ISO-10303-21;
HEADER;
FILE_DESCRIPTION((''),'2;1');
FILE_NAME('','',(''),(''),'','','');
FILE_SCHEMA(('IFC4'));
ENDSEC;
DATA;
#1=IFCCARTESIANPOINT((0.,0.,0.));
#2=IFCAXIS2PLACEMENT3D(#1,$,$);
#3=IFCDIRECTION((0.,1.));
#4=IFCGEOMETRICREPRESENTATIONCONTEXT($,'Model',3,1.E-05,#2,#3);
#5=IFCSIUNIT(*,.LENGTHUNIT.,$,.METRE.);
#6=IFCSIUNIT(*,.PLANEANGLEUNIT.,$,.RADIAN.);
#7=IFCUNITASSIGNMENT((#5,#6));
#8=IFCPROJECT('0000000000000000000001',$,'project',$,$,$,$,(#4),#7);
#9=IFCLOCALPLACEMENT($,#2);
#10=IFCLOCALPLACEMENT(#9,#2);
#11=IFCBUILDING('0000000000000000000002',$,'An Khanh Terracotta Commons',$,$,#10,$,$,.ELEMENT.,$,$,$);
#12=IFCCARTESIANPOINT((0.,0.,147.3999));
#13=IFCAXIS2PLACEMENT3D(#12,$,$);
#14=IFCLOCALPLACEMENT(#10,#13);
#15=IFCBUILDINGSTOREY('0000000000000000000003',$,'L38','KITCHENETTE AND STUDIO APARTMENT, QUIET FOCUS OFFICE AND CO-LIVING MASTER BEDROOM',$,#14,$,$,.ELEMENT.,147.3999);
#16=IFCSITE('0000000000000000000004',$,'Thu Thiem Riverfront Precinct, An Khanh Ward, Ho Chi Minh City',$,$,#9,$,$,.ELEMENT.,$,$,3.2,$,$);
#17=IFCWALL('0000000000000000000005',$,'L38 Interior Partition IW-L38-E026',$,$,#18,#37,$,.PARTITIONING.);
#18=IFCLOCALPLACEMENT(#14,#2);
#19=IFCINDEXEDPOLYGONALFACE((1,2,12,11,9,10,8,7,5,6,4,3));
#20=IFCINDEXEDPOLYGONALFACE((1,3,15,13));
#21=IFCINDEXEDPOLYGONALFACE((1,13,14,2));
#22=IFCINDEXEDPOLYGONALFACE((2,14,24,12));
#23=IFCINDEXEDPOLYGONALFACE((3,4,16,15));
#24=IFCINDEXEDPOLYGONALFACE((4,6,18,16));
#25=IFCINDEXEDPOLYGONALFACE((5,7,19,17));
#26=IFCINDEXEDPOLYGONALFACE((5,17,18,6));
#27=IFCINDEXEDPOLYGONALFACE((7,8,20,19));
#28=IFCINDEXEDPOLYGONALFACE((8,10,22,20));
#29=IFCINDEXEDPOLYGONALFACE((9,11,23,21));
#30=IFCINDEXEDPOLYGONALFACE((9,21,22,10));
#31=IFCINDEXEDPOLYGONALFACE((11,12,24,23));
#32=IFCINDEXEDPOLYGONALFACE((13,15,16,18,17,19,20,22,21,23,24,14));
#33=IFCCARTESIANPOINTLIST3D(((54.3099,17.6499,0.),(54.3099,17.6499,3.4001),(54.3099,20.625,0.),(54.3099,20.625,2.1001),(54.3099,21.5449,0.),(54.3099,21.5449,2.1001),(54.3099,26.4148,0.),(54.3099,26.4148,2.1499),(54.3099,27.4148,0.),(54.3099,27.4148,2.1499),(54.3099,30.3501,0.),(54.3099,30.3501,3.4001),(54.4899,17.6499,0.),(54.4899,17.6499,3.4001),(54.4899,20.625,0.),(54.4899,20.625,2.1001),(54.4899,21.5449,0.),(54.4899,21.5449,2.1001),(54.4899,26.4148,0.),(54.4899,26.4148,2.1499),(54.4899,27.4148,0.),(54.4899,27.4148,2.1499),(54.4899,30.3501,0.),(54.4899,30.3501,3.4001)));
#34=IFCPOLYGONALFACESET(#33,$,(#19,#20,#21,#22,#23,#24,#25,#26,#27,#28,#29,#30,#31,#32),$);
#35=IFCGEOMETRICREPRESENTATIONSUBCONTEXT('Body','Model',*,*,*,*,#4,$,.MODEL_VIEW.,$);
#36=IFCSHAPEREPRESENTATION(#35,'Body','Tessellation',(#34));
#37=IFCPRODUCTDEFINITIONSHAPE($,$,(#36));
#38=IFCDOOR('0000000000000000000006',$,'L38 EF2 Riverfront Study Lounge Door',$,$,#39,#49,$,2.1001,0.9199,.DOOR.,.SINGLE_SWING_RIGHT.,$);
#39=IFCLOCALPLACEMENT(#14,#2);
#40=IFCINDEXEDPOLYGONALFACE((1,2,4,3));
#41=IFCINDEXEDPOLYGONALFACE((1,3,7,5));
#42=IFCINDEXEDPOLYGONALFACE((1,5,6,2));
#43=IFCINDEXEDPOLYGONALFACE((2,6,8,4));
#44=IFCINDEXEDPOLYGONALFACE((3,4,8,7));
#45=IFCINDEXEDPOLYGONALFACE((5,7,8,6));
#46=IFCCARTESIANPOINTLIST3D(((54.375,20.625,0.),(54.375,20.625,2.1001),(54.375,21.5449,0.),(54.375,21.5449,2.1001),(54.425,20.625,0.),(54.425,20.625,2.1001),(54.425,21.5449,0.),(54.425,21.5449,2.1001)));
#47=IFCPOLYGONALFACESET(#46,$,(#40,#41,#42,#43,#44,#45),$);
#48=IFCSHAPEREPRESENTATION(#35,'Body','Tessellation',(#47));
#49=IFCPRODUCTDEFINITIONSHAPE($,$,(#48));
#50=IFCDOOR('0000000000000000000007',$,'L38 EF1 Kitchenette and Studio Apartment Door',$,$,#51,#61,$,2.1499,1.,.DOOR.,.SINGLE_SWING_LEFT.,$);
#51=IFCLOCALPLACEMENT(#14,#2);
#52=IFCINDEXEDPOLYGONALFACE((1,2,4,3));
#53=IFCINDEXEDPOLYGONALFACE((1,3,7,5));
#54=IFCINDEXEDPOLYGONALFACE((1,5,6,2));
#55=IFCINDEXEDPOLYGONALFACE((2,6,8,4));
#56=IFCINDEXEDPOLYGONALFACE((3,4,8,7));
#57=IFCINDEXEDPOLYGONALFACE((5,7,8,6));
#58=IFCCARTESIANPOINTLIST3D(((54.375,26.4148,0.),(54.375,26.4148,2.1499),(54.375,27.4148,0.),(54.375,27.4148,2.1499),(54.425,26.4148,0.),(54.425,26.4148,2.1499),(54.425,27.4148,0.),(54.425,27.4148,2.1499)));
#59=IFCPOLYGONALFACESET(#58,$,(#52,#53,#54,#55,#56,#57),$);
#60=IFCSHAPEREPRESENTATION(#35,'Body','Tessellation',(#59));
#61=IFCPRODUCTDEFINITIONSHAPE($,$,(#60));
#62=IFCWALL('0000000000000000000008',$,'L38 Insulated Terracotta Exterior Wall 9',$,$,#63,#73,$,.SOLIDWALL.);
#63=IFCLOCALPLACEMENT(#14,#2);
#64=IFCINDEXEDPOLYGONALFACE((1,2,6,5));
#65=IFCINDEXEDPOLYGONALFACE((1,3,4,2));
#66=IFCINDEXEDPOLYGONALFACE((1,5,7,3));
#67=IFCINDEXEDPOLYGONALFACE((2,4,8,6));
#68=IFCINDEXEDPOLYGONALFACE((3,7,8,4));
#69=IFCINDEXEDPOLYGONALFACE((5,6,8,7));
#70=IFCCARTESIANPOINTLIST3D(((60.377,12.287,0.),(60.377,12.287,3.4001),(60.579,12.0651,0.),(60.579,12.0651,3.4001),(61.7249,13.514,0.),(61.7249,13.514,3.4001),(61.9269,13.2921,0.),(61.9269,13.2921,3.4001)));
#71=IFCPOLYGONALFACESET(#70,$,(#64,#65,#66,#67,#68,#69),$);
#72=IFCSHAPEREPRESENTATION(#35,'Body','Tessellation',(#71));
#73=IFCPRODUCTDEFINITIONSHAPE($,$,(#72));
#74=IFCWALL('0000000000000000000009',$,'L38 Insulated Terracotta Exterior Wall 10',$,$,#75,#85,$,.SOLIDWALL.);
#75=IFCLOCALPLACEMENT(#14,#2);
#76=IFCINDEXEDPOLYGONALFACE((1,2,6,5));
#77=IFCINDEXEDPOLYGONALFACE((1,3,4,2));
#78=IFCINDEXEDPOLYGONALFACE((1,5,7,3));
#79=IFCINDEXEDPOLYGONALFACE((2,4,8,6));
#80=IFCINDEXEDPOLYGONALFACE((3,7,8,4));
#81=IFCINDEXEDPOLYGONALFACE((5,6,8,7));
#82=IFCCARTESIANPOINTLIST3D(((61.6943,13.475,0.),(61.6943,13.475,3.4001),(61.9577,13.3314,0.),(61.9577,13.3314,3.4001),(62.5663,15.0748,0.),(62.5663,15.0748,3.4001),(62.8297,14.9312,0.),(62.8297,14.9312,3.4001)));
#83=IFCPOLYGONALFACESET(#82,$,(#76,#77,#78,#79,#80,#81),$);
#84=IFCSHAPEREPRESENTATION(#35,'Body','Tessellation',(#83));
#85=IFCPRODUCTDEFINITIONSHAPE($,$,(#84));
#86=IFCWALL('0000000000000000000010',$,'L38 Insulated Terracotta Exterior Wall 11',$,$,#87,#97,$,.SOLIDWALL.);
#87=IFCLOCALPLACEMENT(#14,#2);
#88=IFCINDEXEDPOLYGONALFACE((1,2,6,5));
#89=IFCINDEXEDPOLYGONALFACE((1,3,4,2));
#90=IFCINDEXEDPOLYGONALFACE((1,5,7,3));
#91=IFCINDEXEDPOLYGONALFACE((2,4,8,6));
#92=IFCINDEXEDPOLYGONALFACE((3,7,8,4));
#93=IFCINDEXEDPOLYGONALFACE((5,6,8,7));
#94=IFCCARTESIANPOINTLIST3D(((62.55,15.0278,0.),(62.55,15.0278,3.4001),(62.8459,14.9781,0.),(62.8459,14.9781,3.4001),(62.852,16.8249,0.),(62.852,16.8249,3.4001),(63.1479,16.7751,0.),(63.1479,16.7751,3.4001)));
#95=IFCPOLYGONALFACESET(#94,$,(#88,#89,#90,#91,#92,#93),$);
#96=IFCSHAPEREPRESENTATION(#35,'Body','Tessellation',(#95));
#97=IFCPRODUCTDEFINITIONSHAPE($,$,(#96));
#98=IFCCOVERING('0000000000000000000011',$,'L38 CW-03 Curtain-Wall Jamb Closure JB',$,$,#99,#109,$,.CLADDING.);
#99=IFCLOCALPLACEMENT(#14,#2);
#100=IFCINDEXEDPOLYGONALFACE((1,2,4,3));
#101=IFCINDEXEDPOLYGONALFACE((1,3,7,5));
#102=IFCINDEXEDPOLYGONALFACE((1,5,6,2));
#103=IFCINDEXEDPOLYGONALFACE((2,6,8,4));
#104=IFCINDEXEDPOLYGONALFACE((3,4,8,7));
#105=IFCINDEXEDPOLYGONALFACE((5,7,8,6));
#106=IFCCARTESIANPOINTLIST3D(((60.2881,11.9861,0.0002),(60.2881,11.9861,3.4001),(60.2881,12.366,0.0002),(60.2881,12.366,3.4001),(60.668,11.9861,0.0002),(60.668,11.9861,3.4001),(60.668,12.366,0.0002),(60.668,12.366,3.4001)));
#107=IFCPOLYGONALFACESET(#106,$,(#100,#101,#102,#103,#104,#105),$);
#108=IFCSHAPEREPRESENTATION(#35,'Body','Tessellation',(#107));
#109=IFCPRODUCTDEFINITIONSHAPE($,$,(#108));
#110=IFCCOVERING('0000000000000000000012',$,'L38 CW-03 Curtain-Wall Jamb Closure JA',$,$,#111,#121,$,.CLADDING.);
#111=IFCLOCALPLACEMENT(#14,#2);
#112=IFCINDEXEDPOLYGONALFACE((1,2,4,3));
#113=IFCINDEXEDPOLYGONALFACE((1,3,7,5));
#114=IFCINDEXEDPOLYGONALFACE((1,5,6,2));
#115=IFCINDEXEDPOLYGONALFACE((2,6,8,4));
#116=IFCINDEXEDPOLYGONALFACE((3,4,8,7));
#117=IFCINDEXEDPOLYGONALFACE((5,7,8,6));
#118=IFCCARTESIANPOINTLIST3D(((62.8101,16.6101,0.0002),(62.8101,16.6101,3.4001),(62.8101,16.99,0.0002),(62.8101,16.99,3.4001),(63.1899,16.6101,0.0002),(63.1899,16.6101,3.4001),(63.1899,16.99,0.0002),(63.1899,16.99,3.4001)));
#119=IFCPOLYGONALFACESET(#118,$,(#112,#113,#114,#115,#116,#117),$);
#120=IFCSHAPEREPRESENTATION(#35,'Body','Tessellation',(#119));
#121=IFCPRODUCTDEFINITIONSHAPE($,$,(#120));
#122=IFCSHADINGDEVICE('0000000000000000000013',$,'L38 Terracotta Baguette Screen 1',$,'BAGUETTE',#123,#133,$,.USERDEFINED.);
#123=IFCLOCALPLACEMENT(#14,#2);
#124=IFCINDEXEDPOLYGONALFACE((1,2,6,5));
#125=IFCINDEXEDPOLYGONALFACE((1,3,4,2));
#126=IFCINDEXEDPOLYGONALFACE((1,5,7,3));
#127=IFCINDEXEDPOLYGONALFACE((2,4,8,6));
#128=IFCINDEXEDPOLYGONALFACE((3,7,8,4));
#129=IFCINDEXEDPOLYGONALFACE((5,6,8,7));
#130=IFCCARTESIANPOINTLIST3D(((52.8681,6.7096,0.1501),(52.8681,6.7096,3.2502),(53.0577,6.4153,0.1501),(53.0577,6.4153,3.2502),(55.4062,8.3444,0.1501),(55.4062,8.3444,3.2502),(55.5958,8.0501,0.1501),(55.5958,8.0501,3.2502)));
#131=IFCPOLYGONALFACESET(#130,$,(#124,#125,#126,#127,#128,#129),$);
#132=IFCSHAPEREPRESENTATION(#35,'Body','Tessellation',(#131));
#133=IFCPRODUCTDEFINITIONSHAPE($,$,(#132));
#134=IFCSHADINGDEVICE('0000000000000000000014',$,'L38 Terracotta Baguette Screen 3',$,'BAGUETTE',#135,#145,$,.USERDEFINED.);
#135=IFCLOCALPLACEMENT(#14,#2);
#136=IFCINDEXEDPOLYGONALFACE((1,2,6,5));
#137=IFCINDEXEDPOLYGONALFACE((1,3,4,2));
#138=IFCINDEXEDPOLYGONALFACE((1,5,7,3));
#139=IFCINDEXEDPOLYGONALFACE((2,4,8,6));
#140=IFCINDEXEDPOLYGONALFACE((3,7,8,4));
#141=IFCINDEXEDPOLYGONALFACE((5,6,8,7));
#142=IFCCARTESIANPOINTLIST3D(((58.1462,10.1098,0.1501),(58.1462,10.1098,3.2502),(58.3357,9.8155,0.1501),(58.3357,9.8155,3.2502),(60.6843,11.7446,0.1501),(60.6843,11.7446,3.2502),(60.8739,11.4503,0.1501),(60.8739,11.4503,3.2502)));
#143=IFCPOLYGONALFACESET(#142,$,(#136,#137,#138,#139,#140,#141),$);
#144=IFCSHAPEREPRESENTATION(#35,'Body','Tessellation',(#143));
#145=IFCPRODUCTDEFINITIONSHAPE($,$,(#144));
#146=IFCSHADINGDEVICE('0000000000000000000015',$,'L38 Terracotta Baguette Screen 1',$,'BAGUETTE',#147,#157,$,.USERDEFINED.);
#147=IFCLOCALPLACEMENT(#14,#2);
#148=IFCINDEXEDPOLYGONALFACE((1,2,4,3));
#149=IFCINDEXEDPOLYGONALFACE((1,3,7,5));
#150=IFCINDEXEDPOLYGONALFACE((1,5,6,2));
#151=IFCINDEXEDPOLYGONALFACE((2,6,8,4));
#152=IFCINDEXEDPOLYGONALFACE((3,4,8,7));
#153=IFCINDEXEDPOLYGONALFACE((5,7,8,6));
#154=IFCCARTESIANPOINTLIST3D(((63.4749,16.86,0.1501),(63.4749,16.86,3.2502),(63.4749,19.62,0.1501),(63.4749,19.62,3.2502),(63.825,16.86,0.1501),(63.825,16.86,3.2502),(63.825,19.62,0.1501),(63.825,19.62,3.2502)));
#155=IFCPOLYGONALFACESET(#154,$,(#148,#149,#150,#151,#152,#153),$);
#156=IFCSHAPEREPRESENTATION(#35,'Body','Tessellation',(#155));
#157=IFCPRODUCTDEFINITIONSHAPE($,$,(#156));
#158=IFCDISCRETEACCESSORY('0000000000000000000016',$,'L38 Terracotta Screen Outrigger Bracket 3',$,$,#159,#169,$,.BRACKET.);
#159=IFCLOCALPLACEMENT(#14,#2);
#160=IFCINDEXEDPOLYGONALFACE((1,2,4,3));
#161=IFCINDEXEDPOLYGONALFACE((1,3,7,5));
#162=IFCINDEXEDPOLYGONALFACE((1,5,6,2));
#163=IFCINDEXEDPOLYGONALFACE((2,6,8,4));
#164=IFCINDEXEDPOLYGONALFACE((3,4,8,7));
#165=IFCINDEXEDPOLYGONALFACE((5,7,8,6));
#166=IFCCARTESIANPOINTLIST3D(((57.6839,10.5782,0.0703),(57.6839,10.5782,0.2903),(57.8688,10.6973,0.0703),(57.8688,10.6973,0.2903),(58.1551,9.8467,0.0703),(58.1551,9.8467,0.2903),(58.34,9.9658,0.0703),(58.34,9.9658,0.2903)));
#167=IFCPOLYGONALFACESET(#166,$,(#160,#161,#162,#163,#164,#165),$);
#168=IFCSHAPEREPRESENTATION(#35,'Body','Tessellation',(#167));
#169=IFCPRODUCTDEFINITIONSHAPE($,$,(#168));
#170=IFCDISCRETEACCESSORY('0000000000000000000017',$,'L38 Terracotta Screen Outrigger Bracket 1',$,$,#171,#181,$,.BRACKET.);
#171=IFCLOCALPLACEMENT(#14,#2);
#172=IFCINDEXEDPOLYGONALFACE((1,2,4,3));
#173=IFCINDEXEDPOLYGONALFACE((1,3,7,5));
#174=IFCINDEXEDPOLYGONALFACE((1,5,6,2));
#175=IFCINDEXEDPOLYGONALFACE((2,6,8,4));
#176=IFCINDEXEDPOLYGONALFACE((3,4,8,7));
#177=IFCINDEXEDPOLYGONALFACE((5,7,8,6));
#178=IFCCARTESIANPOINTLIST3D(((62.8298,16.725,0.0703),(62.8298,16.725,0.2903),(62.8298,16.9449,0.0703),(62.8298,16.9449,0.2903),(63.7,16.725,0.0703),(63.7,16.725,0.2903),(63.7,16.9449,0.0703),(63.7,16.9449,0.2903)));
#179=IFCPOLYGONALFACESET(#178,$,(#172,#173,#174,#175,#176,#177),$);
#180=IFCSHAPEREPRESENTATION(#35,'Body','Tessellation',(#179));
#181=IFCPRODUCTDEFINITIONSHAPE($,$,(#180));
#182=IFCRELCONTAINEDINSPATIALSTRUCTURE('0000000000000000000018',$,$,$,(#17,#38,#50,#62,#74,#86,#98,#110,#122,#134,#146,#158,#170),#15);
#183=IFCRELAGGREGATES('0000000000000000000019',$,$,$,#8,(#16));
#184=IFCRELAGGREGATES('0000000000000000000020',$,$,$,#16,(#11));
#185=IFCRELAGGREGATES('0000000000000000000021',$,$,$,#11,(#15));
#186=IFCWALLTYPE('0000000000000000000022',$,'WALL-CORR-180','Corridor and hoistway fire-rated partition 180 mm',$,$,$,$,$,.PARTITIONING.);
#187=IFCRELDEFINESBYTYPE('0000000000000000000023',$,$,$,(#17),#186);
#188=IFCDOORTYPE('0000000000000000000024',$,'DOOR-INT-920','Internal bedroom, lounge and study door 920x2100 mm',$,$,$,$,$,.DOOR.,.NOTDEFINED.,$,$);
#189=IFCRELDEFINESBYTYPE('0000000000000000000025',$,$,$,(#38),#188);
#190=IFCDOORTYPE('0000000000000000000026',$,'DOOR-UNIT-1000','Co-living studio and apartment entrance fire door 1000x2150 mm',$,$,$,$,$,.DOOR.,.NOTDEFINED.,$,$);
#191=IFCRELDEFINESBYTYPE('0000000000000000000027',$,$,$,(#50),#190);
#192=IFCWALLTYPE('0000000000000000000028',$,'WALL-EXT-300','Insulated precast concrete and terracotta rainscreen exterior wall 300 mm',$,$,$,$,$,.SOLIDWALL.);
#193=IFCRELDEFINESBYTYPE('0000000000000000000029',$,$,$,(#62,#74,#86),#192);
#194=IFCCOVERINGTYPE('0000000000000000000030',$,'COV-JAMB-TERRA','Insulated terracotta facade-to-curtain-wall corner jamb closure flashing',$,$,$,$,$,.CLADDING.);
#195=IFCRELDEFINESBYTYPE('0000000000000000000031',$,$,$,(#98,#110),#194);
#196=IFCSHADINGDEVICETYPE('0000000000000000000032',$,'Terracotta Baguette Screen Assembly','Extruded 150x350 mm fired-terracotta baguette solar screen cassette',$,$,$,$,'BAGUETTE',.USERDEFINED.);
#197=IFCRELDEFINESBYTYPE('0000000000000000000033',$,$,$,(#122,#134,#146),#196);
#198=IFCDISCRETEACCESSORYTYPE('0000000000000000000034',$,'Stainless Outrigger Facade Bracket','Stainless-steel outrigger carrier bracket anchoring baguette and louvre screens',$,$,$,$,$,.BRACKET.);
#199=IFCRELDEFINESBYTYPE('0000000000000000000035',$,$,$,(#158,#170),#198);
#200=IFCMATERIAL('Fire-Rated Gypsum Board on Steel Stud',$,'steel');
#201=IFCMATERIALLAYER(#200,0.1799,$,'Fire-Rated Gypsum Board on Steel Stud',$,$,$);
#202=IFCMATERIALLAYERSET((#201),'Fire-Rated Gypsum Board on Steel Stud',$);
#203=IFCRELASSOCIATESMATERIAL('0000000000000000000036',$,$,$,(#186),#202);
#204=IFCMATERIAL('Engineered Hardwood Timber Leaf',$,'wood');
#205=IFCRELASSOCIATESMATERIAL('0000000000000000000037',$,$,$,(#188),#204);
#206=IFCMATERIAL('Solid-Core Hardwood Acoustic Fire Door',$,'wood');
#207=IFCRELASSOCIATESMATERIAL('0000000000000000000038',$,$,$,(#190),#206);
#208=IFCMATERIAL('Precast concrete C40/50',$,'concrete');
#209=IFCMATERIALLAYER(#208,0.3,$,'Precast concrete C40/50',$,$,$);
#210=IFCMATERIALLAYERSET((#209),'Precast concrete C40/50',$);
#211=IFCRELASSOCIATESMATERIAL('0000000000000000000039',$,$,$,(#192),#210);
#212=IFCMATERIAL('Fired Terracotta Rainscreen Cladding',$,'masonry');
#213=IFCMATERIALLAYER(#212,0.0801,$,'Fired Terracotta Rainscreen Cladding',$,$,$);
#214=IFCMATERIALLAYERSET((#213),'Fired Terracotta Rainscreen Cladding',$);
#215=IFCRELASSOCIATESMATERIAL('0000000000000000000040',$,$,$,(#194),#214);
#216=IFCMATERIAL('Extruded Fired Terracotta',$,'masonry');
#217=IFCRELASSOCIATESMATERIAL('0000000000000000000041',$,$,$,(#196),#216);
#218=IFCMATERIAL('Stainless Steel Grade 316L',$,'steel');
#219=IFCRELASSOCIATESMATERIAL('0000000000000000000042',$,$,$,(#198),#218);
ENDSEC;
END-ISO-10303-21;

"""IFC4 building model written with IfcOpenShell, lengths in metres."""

from ifc_helpers import new_model, si_unit, direction, frame, frame_2d, origin, origin_2d, place, context, subcontext, project, spatial, rectangle, extrude, material, layer, layer_set, type_object, element, fill, save


model = new_model("IFC4")

# Units and contexts
model_context = context("Model", 3, precision=1e-05, world=origin(), true_north=direction((0.0, 1.0)))
body_context = subcontext(model_context, "Body", "Model", "MODEL_VIEW")
ifc_project = project(units=[si_unit("LENGTHUNIT", "METRE"), si_unit("PLANEANGLEUNIT", "RADIAN")], contexts=[model_context])

# Site, building, storey
site_placement = place(None, origin())
site = spatial("IfcSite", under=ifc_project, at=site_placement, Name="Thu Thiem Riverfront Precinct, An Khanh Ward, Ho Chi Minh City", CompositionType="ELEMENT", RefElevation=3.2)
building_placement = place(site_placement, origin())
building = spatial("IfcBuilding", under=site, at=building_placement, Name="An Khanh Terracotta Commons", CompositionType="ELEMENT")
storey_placement = place(building_placement, frame((0.0, 0.0, 147.3999)))
storey = spatial("IfcBuildingStorey", under=building, at=storey_placement, Name="L38", Description="KITCHENETTE AND STUDIO APARTMENT, QUIET FOCUS OFFICE AND CO-LIVING MASTER BEDROOM", CompositionType="ELEMENT", Elevation=147.3999)

# Wall, openings, doors
ifc_material_1 = material(Name="Fire-Rated Gypsum Board on Steel Stud", Category="steel")
ifc_layer_1 = layer(ifc_material_1, 0.1799, Name="Fire-Rated Gypsum Board on Steel Stud")
ifc_layer_set_1 = layer_set([ifc_layer_1], Name="Fire-Rated Gypsum Board on Steel Stud")
wall_type_1 = type_object("IfcWallType", Name="WALL-CORR-180", Description="Corridor and hoistway fire-rated partition 180 mm", PredefinedType="PARTITIONING", material=ifc_layer_set_1)
wall_1_placement = place(storey_placement, frame((54.3999, 17.6499, 0.0), z_axis=(0.0, 0.0, 1.0), x_axis=(0.0, 1.0, 0.0)))
wall_1 = element("IfcWall", 1, at=wall_1_placement, inside=storey, type_object=wall_type_1, Name="L38 Interior Partition IW-L38-E026", PredefinedType="PARTITIONING", context=body_context, shape_type="SweptSolid", body=[
    extrude(rectangle(XDim=12.7002, YDim=0.1799, at=frame_2d((6.3501, 0.0))), origin(), (0.0, 0.0, 1.0), 3.4001),
])
opening_1_placement = place(wall_1_placement, frame((8.7649, 0.0, 0.0)))
opening_1 = element("IfcOpeningElement", 2, at=opening_1_placement, cuts=wall_1, PredefinedType="OPENING", context=body_context, shape_type="SweptSolid", body=[
    extrude(rectangle(XDim=1.0, YDim=2.1499, at=frame_2d((0.5, 1.075))), frame((0.0, 0.0999, 0.0), z_axis=(0.0, -1.0, 0.0), x_axis=(1.0, 0.0, 0.0)), (0.0, 0.0, 1.0), 0.2),
])
opening_2_placement = place(wall_1_placement, frame((2.9751, 0.0, 0.0)))
opening_2 = element("IfcOpeningElement", 3, at=opening_2_placement, cuts=wall_1, PredefinedType="OPENING", context=body_context, shape_type="SweptSolid", body=[
    extrude(rectangle(XDim=0.9199, YDim=2.1001, at=frame_2d((0.46, 1.05))), frame((0.0, 0.0999, 0.0), z_axis=(0.0, -1.0, 0.0), x_axis=(1.0, 0.0, 0.0)), (0.0, 0.0, 1.0), 0.2),
])
ifc_material_2 = material(Name="Engineered Hardwood Timber Leaf", Category="wood")
door_type_1 = type_object("IfcDoorType", Name="DOOR-INT-920", Description="Internal bedroom, lounge and study door 920x2100 mm", OperationType="NOTDEFINED", PredefinedType="DOOR", material=ifc_material_2)
door_1_placement = place(opening_2_placement, origin())
door_1 = element("IfcDoor", 4, at=door_1_placement, inside=storey, type_object=door_type_1, Name="L38 EF2 Riverfront Study Lounge Door", OperationType="SINGLE_SWING_RIGHT", OverallHeight=2.1001, OverallWidth=0.9199, PredefinedType="DOOR", context=body_context, shape_type="SweptSolid", body=[
    extrude(rectangle(XDim=0.9199, YDim=2.1001, at=frame_2d((0.46, 1.05))), frame((0.0, 0.0249, 0.0), z_axis=(0.0, -1.0, 0.0), x_axis=(1.0, 0.0, 0.0)), (0.0, 0.0, 1.0), 0.05),
])
fill(opening_2, door_1)
ifc_material_3 = material(Name="Solid-Core Hardwood Acoustic Fire Door", Category="wood")
door_type_2 = type_object("IfcDoorType", Name="DOOR-UNIT-1000", Description="Co-living studio and apartment entrance fire door 1000x2150 mm", OperationType="NOTDEFINED", PredefinedType="DOOR", material=ifc_material_3)
door_2_placement = place(opening_1_placement, origin())
door_2 = element("IfcDoor", 5, at=door_2_placement, inside=storey, type_object=door_type_2, Name="L38 EF1 Kitchenette and Studio Apartment Door", OperationType="SINGLE_SWING_LEFT", OverallHeight=2.1499, OverallWidth=1.0, PredefinedType="DOOR", context=body_context, shape_type="SweptSolid", body=[
    extrude(rectangle(XDim=1.0, YDim=2.1499, at=frame_2d((0.5, 1.075))), frame((0.0, 0.0249, 0.0), z_axis=(0.0, -1.0, 0.0), x_axis=(1.0, 0.0, 0.0)), (0.0, 0.0, 1.0), 0.05),
])
fill(opening_1, door_2)

# Walls
ifc_material_4 = material(Name="Precast concrete C40/50", Category="concrete")
ifc_layer_2 = layer(ifc_material_4, 0.3, Name="Precast concrete C40/50")
ifc_layer_set_2 = layer_set([ifc_layer_2], Name="Precast concrete C40/50")
wall_type_2 = type_object("IfcWallType", Name="WALL-EXT-300", Description="Insulated precast concrete and terracotta rainscreen exterior wall 300 mm", PredefinedType="SOLIDWALL", material=ifc_layer_set_2)
wall_2_placement = place(storey_placement, frame((60.478, 12.176, 0.0), z_axis=(0.0, 0.0, 1.0), x_axis=(0.739479, 0.673179, 0.0)))
element("IfcWall", 6, at=wall_2_placement, inside=storey, type_object=wall_type_2, Name="L38 Insulated Terracotta Exterior Wall 9", PredefinedType="SOLIDWALL", context=body_context, shape_type="SweptSolid", body=[
    extrude(rectangle(XDim=1.8228, YDim=0.3, at=frame_2d((0.9114, 0.0))), origin(), (0.0, 0.0, 1.0), 3.4001),
])
wall_3_placement = place(storey_placement, frame((61.8259, 13.4031, 0.0), z_axis=(0.0, 0.0, 1.0), x_axis=(0.478608, 0.878029, 0.0)))
element("IfcWall", 7, at=wall_3_placement, inside=storey, type_object=wall_type_2, Name="L38 Insulated Terracotta Exterior Wall 10", PredefinedType="SOLIDWALL", context=body_context, shape_type="SweptSolid", body=[
    extrude(rectangle(XDim=1.822, YDim=0.3, at=frame_2d((0.9111, 0.0))), origin(), (0.0, 0.0, 1.0), 3.4001),
])
wall_4_placement = place(storey_placement, frame((62.698, 15.0029, 0.0), z_axis=(0.0, 0.0, 1.0), x_axis=(0.165724, 0.986172, 0.0)))
element("IfcWall", 8, at=wall_4_placement, inside=storey, type_object=wall_type_2, Name="L38 Insulated Terracotta Exterior Wall 11", PredefinedType="SOLIDWALL", context=body_context, shape_type="SweptSolid", body=[
    extrude(rectangle(XDim=1.8223, YDim=0.3, at=frame_2d((0.9111, 0.0))), origin(), (0.0, 0.0, 1.0), 3.4001),
])

# Coverings
ifc_material_5 = material(Name="Fired Terracotta Rainscreen Cladding", Category="masonry")
ifc_layer_3 = layer(ifc_material_5, 0.0801, Name="Fired Terracotta Rainscreen Cladding")
ifc_layer_set_3 = layer_set([ifc_layer_3], Name="Fired Terracotta Rainscreen Cladding")
covering_type = type_object("IfcCoveringType", Name="COV-JAMB-TERRA", Description="Insulated terracotta facade-to-curtain-wall corner jamb closure flashing", PredefinedType="CLADDING", material=ifc_layer_set_3)
for number, where, z_axis, x_axis, name in (
    (9, (60.478, 12.176, 0.0002), (0.0, 0.0, 1.0), (1.0, 0.0, 0.0), "L38 CW-03 Curtain-Wall Jamb Closure JB"),
    (10, (63.0, 16.8, 0.0002), (0.0, 0.0, 1.0), (1.0, 0.0, 0.0), "L38 CW-03 Curtain-Wall Jamb Closure JA"),
):
    element("IfcCovering", number, at=place(storey_placement, frame(where, z_axis=z_axis, x_axis=x_axis)), inside=storey, type_object=covering_type, Name=name, PredefinedType="CLADDING", context=body_context, shape_type="SweptSolid", body=[
        extrude(rectangle(XDim=0.3799, YDim=0.3799, at=origin_2d()), origin(), (0.0, 0.0, 1.0), 3.3999),
    ])

# Shading devices
ifc_material_6 = material(Name="Extruded Fired Terracotta", Category="masonry")
shading_device_type = type_object("IfcShadingDeviceType", Name="Terracotta Baguette Screen Assembly", Description="Extruded 150x350 mm fired-terracotta baguette solar screen cassette", ElementType="BAGUETTE", PredefinedType="USERDEFINED", material=ifc_material_6)
for number, where, z_axis, x_axis, name in (
    (11, (54.2319, 7.3799, 0.1501), (0.0, 0.0, 1.0), (0.840702, 0.541498, 0.0), "L38 Terracotta Baguette Screen 1"),
    (12, (59.51, 10.78, 0.1501), (0.0, 0.0, 1.0), (0.840702, 0.541498, 0.0), "L38 Terracotta Baguette Screen 3"),
):
    element("IfcShadingDevice", number, at=place(storey_placement, frame(where, z_axis=z_axis, x_axis=x_axis)), inside=storey, type_object=shading_device_type, Name=name, ObjectType="BAGUETTE", PredefinedType="USERDEFINED", context=body_context, shape_type="SweptSolid", body=[
        extrude(rectangle(XDim=3.019, YDim=0.3501, at=origin_2d()), origin(), (0.0, 0.0, 1.0), 3.1001),
    ])
shading_device_placement = place(storey_placement, frame((63.6499, 18.24, 0.1501), z_axis=(0.0, 0.0, 1.0), x_axis=(0.0, 1.0, 0.0)))
element("IfcShadingDevice", 13, at=shading_device_placement, inside=storey, type_object=shading_device_type, Name="L38 Terracotta Baguette Screen 1", ObjectType="BAGUETTE", PredefinedType="USERDEFINED", context=body_context, shape_type="SweptSolid", body=[
    extrude(rectangle(XDim=2.76, YDim=0.3501, at=origin_2d()), origin(), (0.0, 0.0, 1.0), 3.1001),
])

# Discrete accessories
ifc_material_7 = material(Name="Stainless Steel Grade 316L", Category="steel")
discrete_accessory_type = type_object("IfcDiscreteAccessoryType", Name="Stainless Outrigger Facade Bracket", Description="Stainless-steel outrigger carrier bracket anchoring baguette and louvre screens", PredefinedType="BRACKET", material=ifc_material_7)
for number, where, z_axis, x_axis, name in (
    (14, (58.012, 10.272, 0.0703), (0.0, 0.0, 1.0), (0.840702, 0.541498, 0.0), "L38 Terracotta Screen Outrigger Bracket 3"),
    (15, (63.2649, 16.835, 0.0703), (0.0, 0.0, 1.0), (0.0, 1.0, 0.0), "L38 Terracotta Screen Outrigger Bracket 1"),
):
    element("IfcDiscreteAccessory", number, at=place(storey_placement, frame(where, z_axis=z_axis, x_axis=x_axis)), inside=storey, type_object=discrete_accessory_type, Name=name, PredefinedType="BRACKET", context=body_context, shape_type="SweptSolid", body=[
        extrude(rectangle(XDim=0.22, YDim=0.8701, at=origin_2d()), origin(), (0.0, 0.0, 1.0), 0.22),
    ])

save(model, "model.ifc")
